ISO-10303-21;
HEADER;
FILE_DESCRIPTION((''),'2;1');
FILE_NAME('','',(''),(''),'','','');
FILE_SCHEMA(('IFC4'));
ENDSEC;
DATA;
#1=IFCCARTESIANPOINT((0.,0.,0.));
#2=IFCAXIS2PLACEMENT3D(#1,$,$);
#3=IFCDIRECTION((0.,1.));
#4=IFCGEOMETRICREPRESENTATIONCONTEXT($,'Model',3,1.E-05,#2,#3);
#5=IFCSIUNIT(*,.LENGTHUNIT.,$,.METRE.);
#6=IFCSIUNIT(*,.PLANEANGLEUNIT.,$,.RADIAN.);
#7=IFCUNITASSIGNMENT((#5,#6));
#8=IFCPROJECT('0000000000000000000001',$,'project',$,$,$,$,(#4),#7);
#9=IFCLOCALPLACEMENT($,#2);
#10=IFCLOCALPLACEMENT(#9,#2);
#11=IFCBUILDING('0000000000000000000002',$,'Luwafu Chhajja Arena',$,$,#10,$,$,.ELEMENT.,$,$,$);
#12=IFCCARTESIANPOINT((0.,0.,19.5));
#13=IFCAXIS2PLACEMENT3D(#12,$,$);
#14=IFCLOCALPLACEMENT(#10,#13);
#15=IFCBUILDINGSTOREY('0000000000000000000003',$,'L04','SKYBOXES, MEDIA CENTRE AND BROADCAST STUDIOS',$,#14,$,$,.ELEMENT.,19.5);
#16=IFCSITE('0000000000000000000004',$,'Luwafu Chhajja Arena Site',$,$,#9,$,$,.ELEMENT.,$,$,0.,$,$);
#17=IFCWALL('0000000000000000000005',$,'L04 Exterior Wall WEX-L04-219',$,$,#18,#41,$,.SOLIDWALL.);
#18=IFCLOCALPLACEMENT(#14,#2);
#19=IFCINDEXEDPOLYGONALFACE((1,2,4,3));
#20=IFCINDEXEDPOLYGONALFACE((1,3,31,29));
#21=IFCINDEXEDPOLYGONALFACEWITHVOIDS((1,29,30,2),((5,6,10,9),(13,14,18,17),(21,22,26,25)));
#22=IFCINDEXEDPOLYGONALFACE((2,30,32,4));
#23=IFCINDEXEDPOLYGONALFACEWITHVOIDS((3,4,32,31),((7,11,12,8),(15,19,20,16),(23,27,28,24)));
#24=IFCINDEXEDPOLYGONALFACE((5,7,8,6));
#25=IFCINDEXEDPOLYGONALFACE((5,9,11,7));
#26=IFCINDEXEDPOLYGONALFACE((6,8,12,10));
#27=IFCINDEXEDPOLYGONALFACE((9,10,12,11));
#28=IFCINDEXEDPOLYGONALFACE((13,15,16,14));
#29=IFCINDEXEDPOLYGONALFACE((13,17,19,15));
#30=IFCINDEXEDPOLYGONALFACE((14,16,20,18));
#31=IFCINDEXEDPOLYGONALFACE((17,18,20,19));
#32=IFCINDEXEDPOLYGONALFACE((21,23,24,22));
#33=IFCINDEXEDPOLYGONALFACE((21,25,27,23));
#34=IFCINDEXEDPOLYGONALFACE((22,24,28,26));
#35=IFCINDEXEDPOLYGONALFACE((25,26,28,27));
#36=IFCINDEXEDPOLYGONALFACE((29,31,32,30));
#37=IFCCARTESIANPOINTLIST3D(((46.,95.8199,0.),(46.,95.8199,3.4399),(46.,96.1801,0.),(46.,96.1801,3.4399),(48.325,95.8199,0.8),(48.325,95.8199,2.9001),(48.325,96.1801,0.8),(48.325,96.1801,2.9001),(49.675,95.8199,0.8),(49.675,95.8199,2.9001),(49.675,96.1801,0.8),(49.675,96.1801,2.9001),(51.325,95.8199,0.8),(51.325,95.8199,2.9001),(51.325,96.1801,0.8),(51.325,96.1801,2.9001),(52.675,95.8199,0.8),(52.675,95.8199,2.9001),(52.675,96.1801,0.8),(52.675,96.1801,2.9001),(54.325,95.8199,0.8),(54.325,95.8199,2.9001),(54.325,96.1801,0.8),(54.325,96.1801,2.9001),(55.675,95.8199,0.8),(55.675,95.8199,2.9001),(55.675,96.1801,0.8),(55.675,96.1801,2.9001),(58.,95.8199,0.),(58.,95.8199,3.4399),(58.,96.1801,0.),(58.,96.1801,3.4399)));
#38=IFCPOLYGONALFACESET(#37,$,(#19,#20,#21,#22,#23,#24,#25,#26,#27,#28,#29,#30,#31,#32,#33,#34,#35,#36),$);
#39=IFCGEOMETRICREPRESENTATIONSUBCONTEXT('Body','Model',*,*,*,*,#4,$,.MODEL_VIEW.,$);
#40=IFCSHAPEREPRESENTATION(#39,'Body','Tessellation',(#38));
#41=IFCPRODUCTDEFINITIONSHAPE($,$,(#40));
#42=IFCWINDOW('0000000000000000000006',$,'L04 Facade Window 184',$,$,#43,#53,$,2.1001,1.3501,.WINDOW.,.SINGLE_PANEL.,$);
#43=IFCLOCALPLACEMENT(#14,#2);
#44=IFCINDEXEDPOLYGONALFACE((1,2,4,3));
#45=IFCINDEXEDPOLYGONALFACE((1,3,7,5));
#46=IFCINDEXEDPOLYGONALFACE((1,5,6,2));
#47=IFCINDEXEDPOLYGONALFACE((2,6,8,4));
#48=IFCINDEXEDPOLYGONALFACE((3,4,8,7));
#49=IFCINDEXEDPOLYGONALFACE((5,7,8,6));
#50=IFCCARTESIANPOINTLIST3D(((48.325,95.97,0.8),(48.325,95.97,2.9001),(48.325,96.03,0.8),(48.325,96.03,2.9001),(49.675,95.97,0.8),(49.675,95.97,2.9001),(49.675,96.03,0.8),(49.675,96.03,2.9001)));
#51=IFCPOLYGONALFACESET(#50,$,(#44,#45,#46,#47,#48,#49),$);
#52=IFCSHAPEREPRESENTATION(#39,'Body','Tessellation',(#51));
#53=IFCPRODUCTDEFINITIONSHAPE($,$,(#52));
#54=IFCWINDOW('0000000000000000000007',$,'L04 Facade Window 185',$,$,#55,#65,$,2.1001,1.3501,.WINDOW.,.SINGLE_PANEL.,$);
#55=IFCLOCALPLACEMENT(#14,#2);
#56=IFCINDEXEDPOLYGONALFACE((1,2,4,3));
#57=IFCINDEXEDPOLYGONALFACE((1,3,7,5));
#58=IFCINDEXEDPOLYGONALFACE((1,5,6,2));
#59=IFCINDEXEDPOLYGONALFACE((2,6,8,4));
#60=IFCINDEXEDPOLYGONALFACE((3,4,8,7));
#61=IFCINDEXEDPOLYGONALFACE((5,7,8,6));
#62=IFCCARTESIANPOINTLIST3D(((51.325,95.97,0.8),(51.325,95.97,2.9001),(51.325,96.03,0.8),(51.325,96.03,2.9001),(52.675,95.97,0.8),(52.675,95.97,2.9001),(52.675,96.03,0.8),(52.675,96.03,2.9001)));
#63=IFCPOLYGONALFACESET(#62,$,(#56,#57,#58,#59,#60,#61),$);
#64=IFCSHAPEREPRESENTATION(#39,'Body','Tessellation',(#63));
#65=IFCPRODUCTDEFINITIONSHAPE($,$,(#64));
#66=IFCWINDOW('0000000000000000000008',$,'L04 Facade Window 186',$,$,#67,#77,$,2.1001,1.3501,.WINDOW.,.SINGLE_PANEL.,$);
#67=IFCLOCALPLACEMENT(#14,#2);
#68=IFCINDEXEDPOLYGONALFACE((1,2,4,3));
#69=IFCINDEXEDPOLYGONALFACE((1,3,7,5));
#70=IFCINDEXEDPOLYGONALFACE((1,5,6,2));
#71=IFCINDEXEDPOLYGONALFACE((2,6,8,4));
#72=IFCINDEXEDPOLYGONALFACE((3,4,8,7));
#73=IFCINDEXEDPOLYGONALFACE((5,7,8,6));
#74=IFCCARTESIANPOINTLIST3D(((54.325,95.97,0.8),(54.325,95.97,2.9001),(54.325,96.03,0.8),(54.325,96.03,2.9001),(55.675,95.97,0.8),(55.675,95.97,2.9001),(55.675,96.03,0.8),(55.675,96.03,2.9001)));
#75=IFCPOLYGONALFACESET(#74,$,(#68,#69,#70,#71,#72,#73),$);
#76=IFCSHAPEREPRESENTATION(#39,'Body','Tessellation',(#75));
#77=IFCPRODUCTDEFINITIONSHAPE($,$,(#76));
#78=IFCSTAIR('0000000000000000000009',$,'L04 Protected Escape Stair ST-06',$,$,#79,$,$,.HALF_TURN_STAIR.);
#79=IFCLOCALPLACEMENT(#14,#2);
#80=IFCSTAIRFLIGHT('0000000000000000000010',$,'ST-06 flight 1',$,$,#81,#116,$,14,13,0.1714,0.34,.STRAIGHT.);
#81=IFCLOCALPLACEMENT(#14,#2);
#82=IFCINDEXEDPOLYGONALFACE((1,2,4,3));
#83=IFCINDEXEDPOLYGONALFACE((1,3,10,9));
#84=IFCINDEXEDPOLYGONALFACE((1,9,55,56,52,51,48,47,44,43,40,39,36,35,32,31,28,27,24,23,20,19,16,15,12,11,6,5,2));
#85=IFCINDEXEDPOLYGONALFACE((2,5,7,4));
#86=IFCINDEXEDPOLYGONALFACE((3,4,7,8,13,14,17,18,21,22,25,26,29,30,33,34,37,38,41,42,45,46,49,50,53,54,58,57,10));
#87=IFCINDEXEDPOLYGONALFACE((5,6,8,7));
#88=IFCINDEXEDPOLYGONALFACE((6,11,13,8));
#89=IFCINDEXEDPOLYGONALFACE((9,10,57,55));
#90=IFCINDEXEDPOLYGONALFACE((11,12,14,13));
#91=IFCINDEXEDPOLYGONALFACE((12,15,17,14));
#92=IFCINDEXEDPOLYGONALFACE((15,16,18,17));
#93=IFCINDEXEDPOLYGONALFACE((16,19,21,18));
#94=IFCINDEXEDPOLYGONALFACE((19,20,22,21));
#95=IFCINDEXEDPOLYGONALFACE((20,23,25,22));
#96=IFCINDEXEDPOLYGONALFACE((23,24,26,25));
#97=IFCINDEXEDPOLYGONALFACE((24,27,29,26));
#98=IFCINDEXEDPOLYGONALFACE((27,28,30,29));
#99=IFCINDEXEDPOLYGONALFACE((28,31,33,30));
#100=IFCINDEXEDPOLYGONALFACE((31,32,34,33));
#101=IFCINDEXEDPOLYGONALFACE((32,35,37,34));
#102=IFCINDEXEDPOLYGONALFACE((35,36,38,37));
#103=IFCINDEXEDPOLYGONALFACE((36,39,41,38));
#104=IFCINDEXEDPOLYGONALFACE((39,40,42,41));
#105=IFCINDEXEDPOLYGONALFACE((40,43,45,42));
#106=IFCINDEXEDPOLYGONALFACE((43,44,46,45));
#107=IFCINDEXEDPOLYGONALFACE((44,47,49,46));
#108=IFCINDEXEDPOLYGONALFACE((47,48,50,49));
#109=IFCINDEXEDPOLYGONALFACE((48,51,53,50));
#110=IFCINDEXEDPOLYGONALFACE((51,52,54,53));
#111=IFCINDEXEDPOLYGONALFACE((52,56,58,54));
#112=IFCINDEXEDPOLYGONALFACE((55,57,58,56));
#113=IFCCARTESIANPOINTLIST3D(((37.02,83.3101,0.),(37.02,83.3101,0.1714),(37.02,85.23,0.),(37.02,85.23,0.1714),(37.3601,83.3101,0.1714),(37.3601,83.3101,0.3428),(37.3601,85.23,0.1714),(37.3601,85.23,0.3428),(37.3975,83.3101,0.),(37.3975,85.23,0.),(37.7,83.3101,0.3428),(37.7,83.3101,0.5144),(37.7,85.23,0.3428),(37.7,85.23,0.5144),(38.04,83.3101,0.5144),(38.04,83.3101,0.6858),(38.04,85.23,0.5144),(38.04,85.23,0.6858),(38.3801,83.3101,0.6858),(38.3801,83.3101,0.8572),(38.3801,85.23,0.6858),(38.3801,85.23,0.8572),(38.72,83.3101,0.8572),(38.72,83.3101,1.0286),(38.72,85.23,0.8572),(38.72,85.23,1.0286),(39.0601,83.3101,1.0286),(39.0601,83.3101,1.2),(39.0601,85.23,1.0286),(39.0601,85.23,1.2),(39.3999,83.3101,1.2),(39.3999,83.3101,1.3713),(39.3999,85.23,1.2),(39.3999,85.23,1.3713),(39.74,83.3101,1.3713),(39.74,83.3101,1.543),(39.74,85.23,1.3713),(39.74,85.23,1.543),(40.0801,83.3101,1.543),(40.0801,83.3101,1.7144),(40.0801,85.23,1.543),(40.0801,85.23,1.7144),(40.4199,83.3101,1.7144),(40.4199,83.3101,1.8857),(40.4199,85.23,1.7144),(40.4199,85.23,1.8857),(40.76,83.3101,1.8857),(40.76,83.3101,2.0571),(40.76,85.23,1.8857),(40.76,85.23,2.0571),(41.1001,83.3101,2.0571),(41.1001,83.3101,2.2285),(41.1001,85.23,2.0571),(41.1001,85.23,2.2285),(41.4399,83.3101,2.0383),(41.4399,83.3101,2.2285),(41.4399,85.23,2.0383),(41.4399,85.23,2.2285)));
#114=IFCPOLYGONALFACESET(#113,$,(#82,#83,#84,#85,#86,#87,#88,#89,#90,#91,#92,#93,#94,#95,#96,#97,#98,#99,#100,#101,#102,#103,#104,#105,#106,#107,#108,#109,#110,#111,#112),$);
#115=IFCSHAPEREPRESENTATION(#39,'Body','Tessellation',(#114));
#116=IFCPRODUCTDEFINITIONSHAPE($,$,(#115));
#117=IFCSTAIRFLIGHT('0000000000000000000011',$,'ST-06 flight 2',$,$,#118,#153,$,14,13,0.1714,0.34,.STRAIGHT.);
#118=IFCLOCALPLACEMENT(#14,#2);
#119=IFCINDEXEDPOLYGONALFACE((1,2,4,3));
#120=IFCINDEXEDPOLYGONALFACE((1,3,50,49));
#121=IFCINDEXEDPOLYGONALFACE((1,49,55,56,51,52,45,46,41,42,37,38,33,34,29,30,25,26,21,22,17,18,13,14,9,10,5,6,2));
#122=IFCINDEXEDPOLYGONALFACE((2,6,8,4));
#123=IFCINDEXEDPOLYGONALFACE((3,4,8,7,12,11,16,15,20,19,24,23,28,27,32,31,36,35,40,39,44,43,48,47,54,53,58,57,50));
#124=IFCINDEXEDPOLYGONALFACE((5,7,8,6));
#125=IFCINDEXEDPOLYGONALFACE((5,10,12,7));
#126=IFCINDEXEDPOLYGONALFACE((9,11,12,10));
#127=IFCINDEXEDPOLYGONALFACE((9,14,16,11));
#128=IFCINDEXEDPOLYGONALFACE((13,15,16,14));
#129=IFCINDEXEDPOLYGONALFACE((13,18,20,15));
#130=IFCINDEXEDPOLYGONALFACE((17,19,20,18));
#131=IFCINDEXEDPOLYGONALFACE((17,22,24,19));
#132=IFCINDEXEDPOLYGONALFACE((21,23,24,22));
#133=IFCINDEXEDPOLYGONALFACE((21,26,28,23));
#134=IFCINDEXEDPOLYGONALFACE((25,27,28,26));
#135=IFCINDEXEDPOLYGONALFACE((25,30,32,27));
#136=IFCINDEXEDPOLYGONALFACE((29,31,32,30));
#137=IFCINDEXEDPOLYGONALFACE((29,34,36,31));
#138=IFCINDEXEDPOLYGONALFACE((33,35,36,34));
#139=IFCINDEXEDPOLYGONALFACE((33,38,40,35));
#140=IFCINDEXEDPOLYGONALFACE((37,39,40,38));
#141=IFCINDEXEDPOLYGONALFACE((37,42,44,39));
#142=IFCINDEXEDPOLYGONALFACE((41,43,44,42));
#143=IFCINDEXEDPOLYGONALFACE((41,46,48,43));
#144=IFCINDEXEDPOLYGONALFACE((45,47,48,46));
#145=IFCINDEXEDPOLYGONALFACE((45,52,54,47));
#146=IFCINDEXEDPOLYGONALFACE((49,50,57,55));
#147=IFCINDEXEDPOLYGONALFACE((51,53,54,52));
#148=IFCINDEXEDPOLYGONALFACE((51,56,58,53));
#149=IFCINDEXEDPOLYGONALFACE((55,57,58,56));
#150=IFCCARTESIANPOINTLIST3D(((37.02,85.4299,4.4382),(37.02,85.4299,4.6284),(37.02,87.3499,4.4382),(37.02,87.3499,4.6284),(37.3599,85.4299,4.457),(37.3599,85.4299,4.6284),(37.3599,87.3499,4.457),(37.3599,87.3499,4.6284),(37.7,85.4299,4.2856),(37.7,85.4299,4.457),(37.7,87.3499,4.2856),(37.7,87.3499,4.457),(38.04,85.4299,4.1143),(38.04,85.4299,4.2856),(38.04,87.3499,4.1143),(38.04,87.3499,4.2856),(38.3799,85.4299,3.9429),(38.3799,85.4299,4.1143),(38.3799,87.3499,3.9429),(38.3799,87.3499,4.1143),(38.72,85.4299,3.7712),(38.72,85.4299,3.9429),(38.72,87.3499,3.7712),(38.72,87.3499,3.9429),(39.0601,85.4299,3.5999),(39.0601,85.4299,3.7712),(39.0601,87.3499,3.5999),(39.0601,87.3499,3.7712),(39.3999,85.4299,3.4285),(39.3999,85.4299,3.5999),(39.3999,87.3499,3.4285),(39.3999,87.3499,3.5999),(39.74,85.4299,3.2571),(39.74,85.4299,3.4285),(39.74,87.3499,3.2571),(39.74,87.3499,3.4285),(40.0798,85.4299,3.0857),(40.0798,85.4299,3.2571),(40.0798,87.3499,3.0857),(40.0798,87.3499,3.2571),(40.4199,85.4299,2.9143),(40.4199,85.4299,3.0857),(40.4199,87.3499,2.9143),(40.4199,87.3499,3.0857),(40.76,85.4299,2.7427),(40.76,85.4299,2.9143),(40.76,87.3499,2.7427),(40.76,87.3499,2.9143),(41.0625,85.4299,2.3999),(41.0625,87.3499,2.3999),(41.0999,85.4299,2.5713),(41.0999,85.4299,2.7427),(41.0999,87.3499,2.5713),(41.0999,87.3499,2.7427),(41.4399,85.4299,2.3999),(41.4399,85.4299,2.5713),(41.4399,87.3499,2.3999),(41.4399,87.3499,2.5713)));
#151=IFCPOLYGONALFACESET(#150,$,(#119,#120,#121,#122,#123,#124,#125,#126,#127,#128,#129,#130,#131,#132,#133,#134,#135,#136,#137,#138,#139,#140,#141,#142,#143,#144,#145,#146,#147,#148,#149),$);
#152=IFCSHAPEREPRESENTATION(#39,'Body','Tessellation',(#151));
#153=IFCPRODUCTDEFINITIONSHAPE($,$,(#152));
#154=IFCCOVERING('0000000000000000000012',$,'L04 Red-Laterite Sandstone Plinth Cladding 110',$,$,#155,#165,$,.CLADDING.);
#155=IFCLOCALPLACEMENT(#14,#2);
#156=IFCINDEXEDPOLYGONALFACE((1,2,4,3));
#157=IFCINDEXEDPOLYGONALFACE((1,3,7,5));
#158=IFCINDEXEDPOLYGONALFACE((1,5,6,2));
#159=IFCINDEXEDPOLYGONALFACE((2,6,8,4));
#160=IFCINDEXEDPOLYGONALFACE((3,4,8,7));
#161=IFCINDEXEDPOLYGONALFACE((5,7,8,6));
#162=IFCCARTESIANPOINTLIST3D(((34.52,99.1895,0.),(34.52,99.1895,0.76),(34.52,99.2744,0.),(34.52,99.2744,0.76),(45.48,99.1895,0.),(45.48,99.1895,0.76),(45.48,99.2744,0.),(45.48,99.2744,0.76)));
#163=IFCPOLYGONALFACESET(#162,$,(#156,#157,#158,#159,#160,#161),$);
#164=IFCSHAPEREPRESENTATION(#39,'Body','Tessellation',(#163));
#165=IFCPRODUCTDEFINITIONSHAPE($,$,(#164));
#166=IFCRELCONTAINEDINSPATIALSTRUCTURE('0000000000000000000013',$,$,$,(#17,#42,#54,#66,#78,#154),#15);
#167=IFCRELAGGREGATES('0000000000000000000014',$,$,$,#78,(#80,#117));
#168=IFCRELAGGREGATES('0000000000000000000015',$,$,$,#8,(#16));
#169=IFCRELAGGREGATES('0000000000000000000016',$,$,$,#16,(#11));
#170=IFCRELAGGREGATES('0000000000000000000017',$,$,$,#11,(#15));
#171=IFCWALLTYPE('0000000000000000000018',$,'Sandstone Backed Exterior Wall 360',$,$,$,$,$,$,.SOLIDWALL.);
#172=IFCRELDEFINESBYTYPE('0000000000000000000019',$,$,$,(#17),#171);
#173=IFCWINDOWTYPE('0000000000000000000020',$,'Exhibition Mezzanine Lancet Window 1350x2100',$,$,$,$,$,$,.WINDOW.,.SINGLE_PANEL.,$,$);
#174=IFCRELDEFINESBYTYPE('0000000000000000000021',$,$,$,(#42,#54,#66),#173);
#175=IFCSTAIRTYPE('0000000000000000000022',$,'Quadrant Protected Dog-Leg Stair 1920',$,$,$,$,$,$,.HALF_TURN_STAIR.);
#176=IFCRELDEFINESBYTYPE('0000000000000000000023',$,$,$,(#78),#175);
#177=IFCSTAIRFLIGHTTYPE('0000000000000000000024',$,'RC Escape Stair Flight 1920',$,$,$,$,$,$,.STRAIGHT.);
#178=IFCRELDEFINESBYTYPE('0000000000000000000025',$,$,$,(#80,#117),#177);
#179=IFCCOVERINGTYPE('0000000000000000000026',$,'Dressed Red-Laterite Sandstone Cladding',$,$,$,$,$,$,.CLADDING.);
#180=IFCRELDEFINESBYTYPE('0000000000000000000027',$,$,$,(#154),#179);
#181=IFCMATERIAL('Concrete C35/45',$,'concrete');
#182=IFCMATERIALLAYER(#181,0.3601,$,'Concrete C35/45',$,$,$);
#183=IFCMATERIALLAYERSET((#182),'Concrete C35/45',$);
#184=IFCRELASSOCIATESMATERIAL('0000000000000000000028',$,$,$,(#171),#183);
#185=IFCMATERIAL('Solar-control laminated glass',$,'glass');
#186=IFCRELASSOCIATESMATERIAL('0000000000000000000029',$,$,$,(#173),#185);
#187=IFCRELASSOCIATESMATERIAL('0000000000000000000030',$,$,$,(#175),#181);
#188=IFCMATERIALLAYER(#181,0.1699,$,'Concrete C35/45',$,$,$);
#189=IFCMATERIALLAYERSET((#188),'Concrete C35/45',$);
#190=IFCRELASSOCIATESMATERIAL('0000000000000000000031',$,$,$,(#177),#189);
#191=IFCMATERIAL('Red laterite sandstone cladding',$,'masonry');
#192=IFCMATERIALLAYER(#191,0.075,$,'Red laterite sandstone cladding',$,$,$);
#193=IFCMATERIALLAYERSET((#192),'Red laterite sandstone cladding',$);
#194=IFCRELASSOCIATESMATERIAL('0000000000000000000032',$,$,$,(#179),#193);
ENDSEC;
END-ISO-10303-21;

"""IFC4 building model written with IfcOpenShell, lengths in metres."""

from ifc_helpers import new_model, si_unit, direction, frame, frame_2d, origin, origin_2d, place, context, subcontext, project, spatial, polyline, rectangle, outline, extrude, material, layer, layer_set, type_object, element, fill, aggregate, save


model = new_model("IFC4")

# Units and contexts
model_context = context("Model", 3, precision=1e-05, world=origin(), true_north=direction((0.0, 1.0)))
body_context = subcontext(model_context, "Body", "Model", "MODEL_VIEW")
ifc_project = project(units=[si_unit("LENGTHUNIT", "METRE"), si_unit("PLANEANGLEUNIT", "RADIAN")], contexts=[model_context])

# Site, building, storey
site_placement = place(None, origin())
site = spatial("IfcSite", under=ifc_project, at=site_placement, Name="Luwafu Chhajja Arena Site", CompositionType="ELEMENT", RefElevation=0.0)
building_placement = place(site_placement, origin())
building = spatial("IfcBuilding", under=site, at=building_placement, Name="Luwafu Chhajja Arena", CompositionType="ELEMENT")
storey_placement = place(building_placement, frame((0.0, 0.0, 19.5)))
storey = spatial("IfcBuildingStorey", under=building, at=storey_placement, Name="L04", Description="SKYBOXES, MEDIA CENTRE AND BROADCAST STUDIOS", CompositionType="ELEMENT", Elevation=19.5)

# Shared definitions
ifc_material_1 = material(Name="Concrete C35/45", Category="concrete")

# Wall, openings, windows
ifc_layer_1 = layer(ifc_material_1, 0.3601, Name="Concrete C35/45")
ifc_layer_set_1 = layer_set([ifc_layer_1], Name="Concrete C35/45")
wall_type_1 = type_object("IfcWallType", Name="Sandstone Backed Exterior Wall 360", PredefinedType="SOLIDWALL", material=ifc_layer_set_1)
wall_1_placement = place(storey_placement, frame((46.0, 96.0, 0.0), z_axis=(0.0, 0.0, 1.0), x_axis=(1.0, 0.0, 0.0)))
wall_1 = element("IfcWall", 1, at=wall_1_placement, inside=storey, type_object=wall_type_1, Name="L04 Exterior Wall WEX-L04-219", PredefinedType="SOLIDWALL", context=body_context, shape_type="SweptSolid", body=[
    extrude(rectangle(XDim=12.0, YDim=0.3601, at=frame_2d((6.0, 0.0))), origin(), (0.0, 0.0, 1.0), 3.4399),
])
opening_1_placement = place(wall_1_placement, frame((2.325, 0.0, 0.8)))
opening_1 = element("IfcOpeningElement", 2, at=opening_1_placement, cuts=wall_1, PredefinedType="OPENING", context=body_context, shape_type="SweptSolid", body=[
    extrude(rectangle(XDim=1.3501, YDim=2.1001, at=frame_2d((0.675, 1.05))), frame((0.0, 0.1899, 0.0), z_axis=(0.0, -1.0, 0.0), x_axis=(1.0, 0.0, 0.0)), (0.0, 0.0, 1.0), 0.3801),
])
opening_2_placement = place(wall_1_placement, frame((5.325, 0.0, 0.8)))
opening_2 = element("IfcOpeningElement", 3, at=opening_2_placement, cuts=wall_1, PredefinedType="OPENING", context=body_context, shape_type="SweptSolid", body=[
    extrude(rectangle(XDim=1.3501, YDim=2.1001, at=frame_2d((0.675, 1.05))), frame((0.0, 0.1899, 0.0), z_axis=(0.0, -1.0, 0.0), x_axis=(1.0, 0.0, 0.0)), (0.0, 0.0, 1.0), 0.3801),
])
opening_3_placement = place(wall_1_placement, frame((8.325, 0.0, 0.8)))
opening_3 = element("IfcOpeningElement", 4, at=opening_3_placement, cuts=wall_1, PredefinedType="OPENING", context=body_context, shape_type="SweptSolid", body=[
    extrude(rectangle(XDim=1.3501, YDim=2.1001, at=frame_2d((0.675, 1.05))), frame((0.0, 0.1899, 0.0), z_axis=(0.0, -1.0, 0.0), x_axis=(1.0, 0.0, 0.0)), (0.0, 0.0, 1.0), 0.3801),
])
ifc_material_2 = material(Name="Solar-control laminated glass", Category="glass")
window_type = type_object("IfcWindowType", Name="Exhibition Mezzanine Lancet Window 1350x2100", PartitioningType="SINGLE_PANEL", PredefinedType="WINDOW", material=ifc_material_2)
window_1_placement = place(opening_1_placement, origin())
window_1 = element("IfcWindow", 5, at=window_1_placement, inside=storey, type_object=window_type, Name="L04 Facade Window 184", OverallHeight=2.1001, OverallWidth=1.3501, PartitioningType="SINGLE_PANEL", PredefinedType="WINDOW", context=body_context, shape_type="SweptSolid", body=[
    extrude(rectangle(XDim=1.3501, YDim=2.1001, at=frame_2d((0.675, 1.05))), frame((0.0, 0.03, 0.0), z_axis=(0.0, -1.0, 0.0), x_axis=(1.0, 0.0, 0.0)), (0.0, 0.0, 1.0), 0.0601),
])
fill(opening_1, window_1)
window_2_placement = place(opening_2_placement, origin())
window_2 = element("IfcWindow", 6, at=window_2_placement, inside=storey, type_object=window_type, Name="L04 Facade Window 185", OverallHeight=2.1001, OverallWidth=1.3501, PartitioningType="SINGLE_PANEL", PredefinedType="WINDOW", context=body_context, shape_type="SweptSolid", body=[
    extrude(rectangle(XDim=1.3501, YDim=2.1001, at=frame_2d((0.675, 1.05))), frame((0.0, 0.03, 0.0), z_axis=(0.0, -1.0, 0.0), x_axis=(1.0, 0.0, 0.0)), (0.0, 0.0, 1.0), 0.0601),
])
fill(opening_2, window_2)
window_3_placement = place(opening_3_placement, origin())
window_3 = element("IfcWindow", 7, at=window_3_placement, inside=storey, type_object=window_type, Name="L04 Facade Window 186", OverallHeight=2.1001, OverallWidth=1.3501, PartitioningType="SINGLE_PANEL", PredefinedType="WINDOW", context=body_context, shape_type="SweptSolid", body=[
    extrude(rectangle(XDim=1.3501, YDim=2.1001, at=frame_2d((0.675, 1.05))), frame((0.0, 0.03, 0.0), z_axis=(0.0, -1.0, 0.0), x_axis=(1.0, 0.0, 0.0)), (0.0, 0.0, 1.0), 0.0601),
])
fill(opening_3, window_3)

# Stair, stair flights
stair_type = type_object("IfcStairType", Name="Quadrant Protected Dog-Leg Stair 1920", PredefinedType="HALF_TURN_STAIR", material=ifc_material_1)
stair_placement = place(storey_placement, origin())
stair = element("IfcStair", 8, at=stair_placement, inside=storey, type_object=stair_type, Name="L04 Protected Escape Stair ST-06", PredefinedType="HALF_TURN_STAIR")
ifc_layer_2 = layer(ifc_material_1, 0.1699, Name="Concrete C35/45")
ifc_layer_set_2 = layer_set([ifc_layer_2], Name="Concrete C35/45")
stair_flight_type = type_object("IfcStairFlightType", Name="RC Escape Stair Flight 1920", PredefinedType="STRAIGHT", material=ifc_layer_set_2)
stair_flight_1_placement = place(storey_placement, frame((37.02, 84.27, 0.0), z_axis=(0.0, 0.0, 1.0), x_axis=(1.0, 0.0, 0.0)))
stair_flight_1 = element("IfcStairFlight", 9, at=stair_flight_1_placement, type_object=stair_flight_type, Name="ST-06 flight 1", NumberOfRisers=14, NumberOfTreads=13, PredefinedType="STRAIGHT", RiserHeight=0.1714, TreadLength=0.34, context=body_context, shape_type="SweptSolid", body=[
    extrude(outline(polyline([(0.0, 0.0), (0.0, 0.1714), (0.3401, 0.1714), (0.3401, 0.3428), (0.6799, 0.3428), (0.6799, 0.5144), (1.02, 0.5144), (1.02, 0.6858), (1.3601, 0.6858), (1.3601, 0.8572), (1.7, 0.8572), (1.7, 1.0286), (2.04, 1.0286), (2.04, 1.2), (2.3799, 1.2), (2.3799, 1.3713), (2.72, 1.3713), (2.72, 1.543), (3.0601, 1.543), (3.0601, 1.7144), (3.3999, 1.7144), (3.3999, 1.8857), (3.74, 1.8857), (3.74, 2.0571), (4.0801, 2.0571), (4.0801, 2.2285), (4.4199, 2.2285), (4.4199, 2.3999), (4.4199, 2.0383), (0.3774, 0.0), (0.0, 0.0)])), frame((0.0, 0.96, 0.0), z_axis=(0.0, -1.0, 0.0), x_axis=(1.0, 0.0, 0.0)), (0.0, 0.0, 1.0), 1.9199),
])
stair_flight_2_placement = place(storey_placement, frame((41.4399, 86.3899, 2.3999), z_axis=(0.0, 0.0, 1.0), x_axis=(-1.0, 0.0, 0.0)))
stair_flight_2 = element("IfcStairFlight", 10, at=stair_flight_2_placement, type_object=stair_flight_type, Name="ST-06 flight 2", NumberOfRisers=14, NumberOfTreads=13, PredefinedType="STRAIGHT", RiserHeight=0.1714, TreadLength=0.34, context=body_context, shape_type="SweptSolid", body=[
    extrude(outline(polyline([(0.0, 0.0), (0.0, 0.1714), (0.3401, 0.1714), (0.3401, 0.3428), (0.6799, 0.3428), (0.6799, 0.5144), (1.02, 0.5144), (1.02, 0.6858), (1.3601, 0.6858), (1.3601, 0.8572), (1.7, 0.8572), (1.7, 1.0286), (2.04, 1.0286), (2.04, 1.2), (2.3799, 1.2), (2.3799, 1.3713), (2.72, 1.3713), (2.72, 1.543), (3.0601, 1.543), (3.0601, 1.7144), (3.3999, 1.7144), (3.3999, 1.8857), (3.74, 1.8857), (3.74, 2.0571), (4.0801, 2.0571), (4.0801, 2.2285), (4.4199, 2.2285), (4.4199, 2.3999), (4.4199, 2.0383), (0.3774, 0.0), (0.0, 0.0)])), frame((0.0, 0.96, 0.0), z_axis=(0.0, -1.0, 0.0), x_axis=(1.0, 0.0, 0.0)), (0.0, 0.0, 1.0), 1.9199),
])
aggregate(stair, [stair_flight_1, stair_flight_2])

# Covering
ifc_material_3 = material(Name="Red laterite sandstone cladding", Category="masonry")
ifc_layer_3 = layer(ifc_material_3, 0.075, Name="Red laterite sandstone cladding")
ifc_layer_set_3 = layer_set([ifc_layer_3], Name="Red laterite sandstone cladding")
covering_type = type_object("IfcCoveringType", Name="Dressed Red-Laterite Sandstone Cladding", PredefinedType="CLADDING", material=ifc_layer_set_3)
covering_1_placement = place(storey_placement, frame((40.0, 99.2319, 0.0), z_axis=(0.0, 0.0, 1.0), x_axis=(1.0, 0.0, 0.0)))
element("IfcCovering", 11, at=covering_1_placement, inside=storey, type_object=covering_type, Name="L04 Red-Laterite Sandstone Plinth Cladding 110", PredefinedType="CLADDING", context=body_context, shape_type="SweptSolid", body=[
    extrude(rectangle(XDim=10.96, YDim=0.085, at=origin_2d()), origin(), (0.0, 0.0, 1.0), 0.76),
])

save(model, "model.ifc")
